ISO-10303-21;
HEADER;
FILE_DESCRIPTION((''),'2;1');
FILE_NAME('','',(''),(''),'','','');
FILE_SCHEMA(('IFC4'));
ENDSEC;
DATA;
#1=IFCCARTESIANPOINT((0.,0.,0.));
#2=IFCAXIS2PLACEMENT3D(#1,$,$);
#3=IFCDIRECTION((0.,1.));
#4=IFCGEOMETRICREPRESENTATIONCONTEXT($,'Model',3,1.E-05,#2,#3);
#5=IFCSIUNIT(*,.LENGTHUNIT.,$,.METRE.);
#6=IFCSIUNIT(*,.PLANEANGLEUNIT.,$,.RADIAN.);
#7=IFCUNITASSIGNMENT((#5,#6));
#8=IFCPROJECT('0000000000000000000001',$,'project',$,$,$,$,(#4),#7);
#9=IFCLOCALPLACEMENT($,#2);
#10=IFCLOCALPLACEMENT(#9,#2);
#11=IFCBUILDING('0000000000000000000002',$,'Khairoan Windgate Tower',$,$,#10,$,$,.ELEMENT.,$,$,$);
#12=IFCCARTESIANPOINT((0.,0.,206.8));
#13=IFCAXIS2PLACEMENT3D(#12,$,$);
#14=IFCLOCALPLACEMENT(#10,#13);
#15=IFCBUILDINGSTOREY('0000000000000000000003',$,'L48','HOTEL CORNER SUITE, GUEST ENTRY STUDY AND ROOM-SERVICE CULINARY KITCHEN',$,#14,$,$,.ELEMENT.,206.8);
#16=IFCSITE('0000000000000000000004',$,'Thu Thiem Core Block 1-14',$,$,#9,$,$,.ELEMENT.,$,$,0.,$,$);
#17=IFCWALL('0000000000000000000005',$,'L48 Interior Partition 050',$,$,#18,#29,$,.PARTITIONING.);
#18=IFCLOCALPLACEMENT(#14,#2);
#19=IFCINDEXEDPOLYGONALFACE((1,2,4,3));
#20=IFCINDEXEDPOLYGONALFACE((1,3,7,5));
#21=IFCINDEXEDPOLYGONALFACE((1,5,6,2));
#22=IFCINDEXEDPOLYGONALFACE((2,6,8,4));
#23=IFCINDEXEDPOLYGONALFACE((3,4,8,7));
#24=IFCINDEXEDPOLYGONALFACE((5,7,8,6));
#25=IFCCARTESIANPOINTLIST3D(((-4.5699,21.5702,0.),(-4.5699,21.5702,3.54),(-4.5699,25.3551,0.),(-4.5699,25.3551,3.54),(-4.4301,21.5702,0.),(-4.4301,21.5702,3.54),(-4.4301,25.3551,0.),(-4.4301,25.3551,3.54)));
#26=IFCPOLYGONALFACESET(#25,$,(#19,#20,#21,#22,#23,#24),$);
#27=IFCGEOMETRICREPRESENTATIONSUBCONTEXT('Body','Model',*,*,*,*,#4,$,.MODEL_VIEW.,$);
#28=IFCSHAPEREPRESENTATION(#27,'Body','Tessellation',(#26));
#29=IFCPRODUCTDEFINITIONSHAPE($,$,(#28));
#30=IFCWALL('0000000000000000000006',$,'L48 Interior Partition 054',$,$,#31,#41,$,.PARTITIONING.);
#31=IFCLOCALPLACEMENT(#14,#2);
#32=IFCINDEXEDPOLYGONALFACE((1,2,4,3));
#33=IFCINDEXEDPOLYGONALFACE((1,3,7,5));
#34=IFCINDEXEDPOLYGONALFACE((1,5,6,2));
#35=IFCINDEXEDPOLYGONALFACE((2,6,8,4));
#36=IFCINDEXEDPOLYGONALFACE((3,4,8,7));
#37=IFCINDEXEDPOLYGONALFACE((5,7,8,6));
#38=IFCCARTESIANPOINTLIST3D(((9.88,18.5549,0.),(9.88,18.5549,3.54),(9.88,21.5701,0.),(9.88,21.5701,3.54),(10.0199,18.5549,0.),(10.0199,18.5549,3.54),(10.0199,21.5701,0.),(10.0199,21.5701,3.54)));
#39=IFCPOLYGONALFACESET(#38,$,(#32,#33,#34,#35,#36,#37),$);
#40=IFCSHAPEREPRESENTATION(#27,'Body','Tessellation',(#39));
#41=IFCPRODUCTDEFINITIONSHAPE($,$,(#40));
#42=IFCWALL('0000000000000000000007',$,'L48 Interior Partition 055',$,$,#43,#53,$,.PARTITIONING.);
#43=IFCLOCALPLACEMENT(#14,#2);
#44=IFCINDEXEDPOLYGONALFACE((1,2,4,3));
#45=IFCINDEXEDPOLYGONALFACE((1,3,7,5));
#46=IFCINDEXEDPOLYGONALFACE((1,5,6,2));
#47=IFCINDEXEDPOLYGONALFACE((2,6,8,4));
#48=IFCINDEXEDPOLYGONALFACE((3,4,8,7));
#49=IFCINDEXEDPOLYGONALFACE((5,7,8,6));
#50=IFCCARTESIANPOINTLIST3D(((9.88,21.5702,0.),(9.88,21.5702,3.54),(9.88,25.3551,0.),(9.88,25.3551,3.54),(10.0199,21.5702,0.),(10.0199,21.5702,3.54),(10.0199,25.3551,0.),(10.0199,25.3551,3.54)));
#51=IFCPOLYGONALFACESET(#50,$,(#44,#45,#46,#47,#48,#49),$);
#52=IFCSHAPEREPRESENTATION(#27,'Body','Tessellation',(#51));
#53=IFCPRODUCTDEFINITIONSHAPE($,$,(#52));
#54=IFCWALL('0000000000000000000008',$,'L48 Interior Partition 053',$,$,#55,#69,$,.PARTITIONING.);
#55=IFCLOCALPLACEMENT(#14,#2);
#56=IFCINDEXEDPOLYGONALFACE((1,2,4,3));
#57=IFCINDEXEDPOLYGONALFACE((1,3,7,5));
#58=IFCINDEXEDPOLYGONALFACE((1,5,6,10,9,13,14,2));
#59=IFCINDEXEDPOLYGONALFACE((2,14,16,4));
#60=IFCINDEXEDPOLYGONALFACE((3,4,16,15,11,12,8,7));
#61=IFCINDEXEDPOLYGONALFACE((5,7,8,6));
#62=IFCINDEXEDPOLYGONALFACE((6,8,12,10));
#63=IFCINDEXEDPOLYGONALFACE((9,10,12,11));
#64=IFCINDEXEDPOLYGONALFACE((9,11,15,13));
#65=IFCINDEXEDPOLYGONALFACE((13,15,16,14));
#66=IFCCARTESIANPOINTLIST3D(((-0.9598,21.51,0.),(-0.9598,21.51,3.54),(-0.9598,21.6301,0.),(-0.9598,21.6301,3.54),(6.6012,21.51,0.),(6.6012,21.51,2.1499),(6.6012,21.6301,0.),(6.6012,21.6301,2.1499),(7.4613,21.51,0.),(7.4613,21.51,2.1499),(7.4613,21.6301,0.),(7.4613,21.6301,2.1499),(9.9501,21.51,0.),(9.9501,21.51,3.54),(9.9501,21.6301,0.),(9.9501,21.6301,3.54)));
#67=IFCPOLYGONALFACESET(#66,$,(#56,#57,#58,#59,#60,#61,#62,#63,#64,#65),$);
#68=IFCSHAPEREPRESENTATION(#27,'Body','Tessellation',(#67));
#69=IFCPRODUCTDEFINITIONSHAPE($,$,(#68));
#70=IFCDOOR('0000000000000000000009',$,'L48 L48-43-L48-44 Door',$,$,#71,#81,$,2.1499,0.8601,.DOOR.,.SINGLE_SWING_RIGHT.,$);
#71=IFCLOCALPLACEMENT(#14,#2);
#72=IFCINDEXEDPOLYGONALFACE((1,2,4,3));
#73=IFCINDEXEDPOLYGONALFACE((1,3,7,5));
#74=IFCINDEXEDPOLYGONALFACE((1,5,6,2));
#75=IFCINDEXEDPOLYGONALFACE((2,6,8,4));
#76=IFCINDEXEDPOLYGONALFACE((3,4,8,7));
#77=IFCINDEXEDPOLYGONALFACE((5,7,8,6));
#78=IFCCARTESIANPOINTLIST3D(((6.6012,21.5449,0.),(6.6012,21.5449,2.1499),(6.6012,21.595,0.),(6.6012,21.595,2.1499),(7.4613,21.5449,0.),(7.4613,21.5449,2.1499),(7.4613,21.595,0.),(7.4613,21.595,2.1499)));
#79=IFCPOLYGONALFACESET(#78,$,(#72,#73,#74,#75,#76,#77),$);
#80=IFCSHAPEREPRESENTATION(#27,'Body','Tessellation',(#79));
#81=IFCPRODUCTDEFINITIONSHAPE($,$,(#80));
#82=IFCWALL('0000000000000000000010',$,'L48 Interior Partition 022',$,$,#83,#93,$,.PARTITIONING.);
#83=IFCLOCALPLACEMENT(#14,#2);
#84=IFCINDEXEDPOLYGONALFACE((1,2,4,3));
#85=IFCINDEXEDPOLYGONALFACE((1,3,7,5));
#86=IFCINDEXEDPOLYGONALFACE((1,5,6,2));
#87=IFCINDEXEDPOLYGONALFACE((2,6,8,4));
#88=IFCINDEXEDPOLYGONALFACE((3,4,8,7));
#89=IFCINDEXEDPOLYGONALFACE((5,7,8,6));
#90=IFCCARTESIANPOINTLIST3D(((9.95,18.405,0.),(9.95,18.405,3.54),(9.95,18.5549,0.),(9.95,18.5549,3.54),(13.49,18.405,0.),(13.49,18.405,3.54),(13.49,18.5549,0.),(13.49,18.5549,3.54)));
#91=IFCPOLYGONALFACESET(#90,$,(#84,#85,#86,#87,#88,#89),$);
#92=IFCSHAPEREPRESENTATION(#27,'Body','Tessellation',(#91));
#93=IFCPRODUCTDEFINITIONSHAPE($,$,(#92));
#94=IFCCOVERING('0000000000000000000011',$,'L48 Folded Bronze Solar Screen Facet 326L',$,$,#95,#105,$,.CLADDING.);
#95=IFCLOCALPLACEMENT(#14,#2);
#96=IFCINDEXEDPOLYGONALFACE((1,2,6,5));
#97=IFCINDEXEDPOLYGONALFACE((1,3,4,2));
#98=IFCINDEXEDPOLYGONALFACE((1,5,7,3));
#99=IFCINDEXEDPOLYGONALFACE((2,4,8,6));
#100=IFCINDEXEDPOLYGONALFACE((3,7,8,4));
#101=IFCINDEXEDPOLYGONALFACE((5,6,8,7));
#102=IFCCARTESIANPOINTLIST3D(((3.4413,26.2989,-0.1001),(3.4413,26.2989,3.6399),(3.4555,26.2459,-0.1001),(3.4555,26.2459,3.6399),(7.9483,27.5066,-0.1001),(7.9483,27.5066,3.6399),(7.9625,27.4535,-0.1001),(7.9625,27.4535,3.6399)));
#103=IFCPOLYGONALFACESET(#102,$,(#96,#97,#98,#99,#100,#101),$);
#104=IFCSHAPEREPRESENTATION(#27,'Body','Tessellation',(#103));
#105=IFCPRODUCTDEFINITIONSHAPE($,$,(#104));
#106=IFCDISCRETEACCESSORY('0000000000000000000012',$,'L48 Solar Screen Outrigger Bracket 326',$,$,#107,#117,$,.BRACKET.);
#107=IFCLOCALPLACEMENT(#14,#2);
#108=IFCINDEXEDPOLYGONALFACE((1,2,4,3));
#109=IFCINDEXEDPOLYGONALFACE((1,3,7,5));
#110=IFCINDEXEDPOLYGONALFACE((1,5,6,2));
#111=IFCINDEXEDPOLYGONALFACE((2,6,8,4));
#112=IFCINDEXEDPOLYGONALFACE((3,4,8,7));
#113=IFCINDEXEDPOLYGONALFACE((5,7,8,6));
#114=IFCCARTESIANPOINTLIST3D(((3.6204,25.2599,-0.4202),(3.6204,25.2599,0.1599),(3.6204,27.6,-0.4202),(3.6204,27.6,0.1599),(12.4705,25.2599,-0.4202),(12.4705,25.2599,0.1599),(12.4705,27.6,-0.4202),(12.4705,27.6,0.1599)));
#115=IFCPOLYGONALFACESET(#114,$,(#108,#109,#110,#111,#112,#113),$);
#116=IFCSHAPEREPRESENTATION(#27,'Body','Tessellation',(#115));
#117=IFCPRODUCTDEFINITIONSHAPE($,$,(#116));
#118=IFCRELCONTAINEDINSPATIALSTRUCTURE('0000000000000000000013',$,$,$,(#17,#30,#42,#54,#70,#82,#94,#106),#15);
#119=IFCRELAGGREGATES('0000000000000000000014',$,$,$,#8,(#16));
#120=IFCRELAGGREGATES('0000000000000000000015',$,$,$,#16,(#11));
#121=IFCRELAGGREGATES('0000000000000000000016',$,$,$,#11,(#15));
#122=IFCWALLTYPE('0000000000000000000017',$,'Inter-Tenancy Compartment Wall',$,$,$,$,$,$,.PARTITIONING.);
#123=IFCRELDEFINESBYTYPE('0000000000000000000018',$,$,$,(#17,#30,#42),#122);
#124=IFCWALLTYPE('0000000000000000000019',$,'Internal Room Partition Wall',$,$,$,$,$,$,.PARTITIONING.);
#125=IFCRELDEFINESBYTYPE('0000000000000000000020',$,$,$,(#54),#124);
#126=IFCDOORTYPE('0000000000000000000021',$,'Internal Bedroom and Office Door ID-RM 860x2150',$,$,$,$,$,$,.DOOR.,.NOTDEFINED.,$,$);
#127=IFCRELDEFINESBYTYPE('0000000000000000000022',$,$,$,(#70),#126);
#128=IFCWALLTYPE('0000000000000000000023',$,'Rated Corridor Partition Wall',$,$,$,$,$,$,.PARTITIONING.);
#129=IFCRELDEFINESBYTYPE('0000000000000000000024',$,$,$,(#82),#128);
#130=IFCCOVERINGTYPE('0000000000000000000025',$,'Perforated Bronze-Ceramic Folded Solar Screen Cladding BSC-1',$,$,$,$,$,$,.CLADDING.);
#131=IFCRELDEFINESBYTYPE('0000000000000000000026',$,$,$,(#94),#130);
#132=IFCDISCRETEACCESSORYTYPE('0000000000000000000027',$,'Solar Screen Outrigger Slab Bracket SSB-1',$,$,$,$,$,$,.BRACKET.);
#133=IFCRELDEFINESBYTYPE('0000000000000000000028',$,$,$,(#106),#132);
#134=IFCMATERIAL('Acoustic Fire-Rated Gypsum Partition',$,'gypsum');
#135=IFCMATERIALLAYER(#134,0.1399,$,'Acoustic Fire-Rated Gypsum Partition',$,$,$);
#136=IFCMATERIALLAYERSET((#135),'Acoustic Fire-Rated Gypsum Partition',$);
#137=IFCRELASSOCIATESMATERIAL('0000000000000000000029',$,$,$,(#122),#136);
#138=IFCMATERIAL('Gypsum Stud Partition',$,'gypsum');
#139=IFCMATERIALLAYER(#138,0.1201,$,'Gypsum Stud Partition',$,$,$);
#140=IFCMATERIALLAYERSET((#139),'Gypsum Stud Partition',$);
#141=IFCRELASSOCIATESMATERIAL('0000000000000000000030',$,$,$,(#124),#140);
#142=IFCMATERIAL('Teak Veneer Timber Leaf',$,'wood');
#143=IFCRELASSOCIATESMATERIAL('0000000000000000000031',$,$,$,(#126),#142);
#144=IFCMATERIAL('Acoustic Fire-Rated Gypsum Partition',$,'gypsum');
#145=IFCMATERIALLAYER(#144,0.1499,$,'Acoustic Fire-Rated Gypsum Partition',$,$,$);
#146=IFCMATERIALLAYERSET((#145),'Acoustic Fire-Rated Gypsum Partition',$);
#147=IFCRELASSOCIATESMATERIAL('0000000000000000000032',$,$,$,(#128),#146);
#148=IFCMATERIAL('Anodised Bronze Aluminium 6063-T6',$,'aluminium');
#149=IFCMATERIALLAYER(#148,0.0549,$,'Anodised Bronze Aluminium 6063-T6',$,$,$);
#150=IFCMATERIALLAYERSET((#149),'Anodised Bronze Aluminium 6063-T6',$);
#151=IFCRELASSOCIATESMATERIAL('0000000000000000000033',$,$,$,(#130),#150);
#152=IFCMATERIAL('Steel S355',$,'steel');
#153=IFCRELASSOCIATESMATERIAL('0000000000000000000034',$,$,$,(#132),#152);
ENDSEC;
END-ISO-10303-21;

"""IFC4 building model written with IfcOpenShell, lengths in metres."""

from ifc_helpers import new_model, si_unit, direction, frame, frame_2d, origin, origin_2d, place, context, subcontext, project, spatial, rectangle, extrude, material, layer, layer_set, type_object, element, fill, save


model = new_model("IFC4")

# Units and contexts
model_context = context("Model", 3, precision=1e-05, world=origin(), true_north=direction((0.0, 1.0)))
body_context = subcontext(model_context, "Body", "Model", "MODEL_VIEW")
ifc_project = project(units=[si_unit("LENGTHUNIT", "METRE"), si_unit("PLANEANGLEUNIT", "RADIAN")], contexts=[model_context])

# Site, building, storey
site_placement = place(None, origin())
site = spatial("IfcSite", under=ifc_project, at=site_placement, Name="Thu Thiem Core Block 1-14", CompositionType="ELEMENT", RefElevation=0.0)
building_placement = place(site_placement, origin())
building = spatial("IfcBuilding", under=site, at=building_placement, Name="Khairoan Windgate Tower", CompositionType="ELEMENT")
storey_placement = place(building_placement, frame((0.0, 0.0, 206.8)))
storey = spatial("IfcBuildingStorey", under=building, at=storey_placement, Name="L48", Description="HOTEL CORNER SUITE, GUEST ENTRY STUDY AND ROOM-SERVICE CULINARY KITCHEN", CompositionType="ELEMENT", Elevation=206.8)

# Walls
ifc_material_1 = material(Name="Acoustic Fire-Rated Gypsum Partition", Category="gypsum")
ifc_layer_1 = layer(ifc_material_1, 0.1399, Name="Acoustic Fire-Rated Gypsum Partition")
ifc_layer_set_1 = layer_set([ifc_layer_1], Name="Acoustic Fire-Rated Gypsum Partition")
wall_type_1 = type_object("IfcWallType", Name="Inter-Tenancy Compartment Wall", PredefinedType="PARTITIONING", material=ifc_layer_set_1)
wall_1_placement = place(storey_placement, frame((-4.5, 21.5701, 0.0), z_axis=(0.0, 0.0, 1.0), x_axis=(0.0, 1.0, 0.0)))
element("IfcWall", 1, at=wall_1_placement, inside=storey, type_object=wall_type_1, Name="L48 Interior Partition 050", PredefinedType="PARTITIONING", context=body_context, shape_type="SweptSolid", body=[
    extrude(rectangle(XDim=3.7849, YDim=0.1399, at=frame_2d((1.8926, 0.0))), origin(), (0.0, 0.0, 1.0), 3.54),
])
wall_2_placement = place(storey_placement, frame((9.95, 18.5549, 0.0), z_axis=(0.0, 0.0, 1.0), x_axis=(0.0, 1.0, 0.0)))
element("IfcWall", 2, at=wall_2_placement, inside=storey, type_object=wall_type_1, Name="L48 Interior Partition 054", PredefinedType="PARTITIONING", context=body_context, shape_type="SweptSolid", body=[
    extrude(rectangle(XDim=3.0151, YDim=0.1399, at=frame_2d((1.5076, 0.0))), origin(), (0.0, 0.0, 1.0), 3.54),
])
wall_3_placement = place(storey_placement, frame((9.95, 21.5701, 0.0), z_axis=(0.0, 0.0, 1.0), x_axis=(0.0, 1.0, 0.0)))
element("IfcWall", 3, at=wall_3_placement, inside=storey, type_object=wall_type_1, Name="L48 Interior Partition 055", PredefinedType="PARTITIONING", context=body_context, shape_type="SweptSolid", body=[
    extrude(rectangle(XDim=3.7849, YDim=0.1399, at=frame_2d((1.8926, 0.0))), origin(), (0.0, 0.0, 1.0), 3.54),
])

# Wall, opening, door
ifc_material_2 = material(Name="Gypsum Stud Partition", Category="gypsum")
ifc_layer_2 = layer(ifc_material_2, 0.1201, Name="Gypsum Stud Partition")
ifc_layer_set_2 = layer_set([ifc_layer_2], Name="Gypsum Stud Partition")
wall_type_2 = type_object("IfcWallType", Name="Internal Room Partition Wall", PredefinedType="PARTITIONING", material=ifc_layer_set_2)
wall_4_placement = place(storey_placement, frame((-0.96, 21.5701, 0.0), z_axis=(0.0, 0.0, 1.0), x_axis=(1.0, 0.0, 0.0)))
wall_4 = element("IfcWall", 4, at=wall_4_placement, inside=storey, type_object=wall_type_2, Name="L48 Interior Partition 053", PredefinedType="PARTITIONING", context=body_context, shape_type="SweptSolid", body=[
    extrude(rectangle(XDim=10.9099, YDim=0.1201, at=frame_2d((5.4551, 0.0))), origin(), (0.0, 0.0, 1.0), 3.54),
])
opening_1_placement = place(wall_4_placement, frame((7.561, 0.0, 0.0)))
opening_1 = element("IfcOpeningElement", 5, at=opening_1_placement, cuts=wall_4, PredefinedType="OPENING", context=body_context, shape_type="SweptSolid", body=[
    extrude(rectangle(XDim=0.8601, YDim=2.1499, at=frame_2d((0.4302, 1.075))), frame((0.0, 0.0701, 0.0), z_axis=(0.0, -1.0, 0.0), x_axis=(1.0, 0.0, 0.0)), (0.0, 0.0, 1.0), 0.1401),
])
ifc_material_3 = material(Name="Teak Veneer Timber Leaf", Category="wood")
door_type_1 = type_object("IfcDoorType", Name="Internal Bedroom and Office Door ID-RM 860x2150", OperationType="NOTDEFINED", PredefinedType="DOOR", material=ifc_material_3)
door_1_placement = place(opening_1_placement, origin())
door_1 = element("IfcDoor", 6, at=door_1_placement, inside=storey, type_object=door_type_1, Name="L48 L48-43-L48-44 Door", OperationType="SINGLE_SWING_RIGHT", OverallHeight=2.1499, OverallWidth=0.8601, PredefinedType="DOOR", context=body_context, shape_type="SweptSolid", body=[
    extrude(rectangle(XDim=0.8601, YDim=2.1499, at=frame_2d((0.4302, 1.075))), frame((0.0, 0.0249, 0.0), z_axis=(0.0, -1.0, 0.0), x_axis=(1.0, 0.0, 0.0)), (0.0, 0.0, 1.0), 0.05),
])
fill(opening_1, door_1)

# Wall
ifc_material_4 = material(Name="Acoustic Fire-Rated Gypsum Partition", Category="gypsum")
ifc_layer_3 = layer(ifc_material_4, 0.1499, Name="Acoustic Fire-Rated Gypsum Partition")
ifc_layer_set_3 = layer_set([ifc_layer_3], Name="Acoustic Fire-Rated Gypsum Partition")
wall_type_3 = type_object("IfcWallType", Name="Rated Corridor Partition Wall", PredefinedType="PARTITIONING", material=ifc_layer_set_3)
wall_5_placement = place(storey_placement, frame((9.95, 18.48, 0.0), z_axis=(0.0, 0.0, 1.0), x_axis=(1.0, 0.0, 0.0)))
element("IfcWall", 7, at=wall_5_placement, inside=storey, type_object=wall_type_3, Name="L48 Interior Partition 022", PredefinedType="PARTITIONING", context=body_context, shape_type="SweptSolid", body=[
    extrude(rectangle(XDim=3.54, YDim=0.1499, at=frame_2d((1.77, 0.0))), origin(), (0.0, 0.0, 1.0), 3.54),
])

# Covering
ifc_material_5 = material(Name="Anodised Bronze Aluminium 6063-T6", Category="aluminium")
ifc_layer_4 = layer(ifc_material_5, 0.0549, Name="Anodised Bronze Aluminium 6063-T6")
ifc_layer_set_4 = layer_set([ifc_layer_4], Name="Anodised Bronze Aluminium 6063-T6")
covering_type = type_object("IfcCoveringType", Name="Perforated Bronze-Ceramic Folded Solar Screen Cladding BSC-1", PredefinedType="CLADDING", material=ifc_layer_set_4)
covering_placement = place(storey_placement, frame((5.7019, 26.8762, -0.1001), z_axis=(0.0, 0.0, 1.0), x_axis=(0.965926, 0.258819, 0.0)))
element("IfcCovering", 8, at=covering_placement, inside=storey, type_object=covering_type, Name="L48 Folded Bronze Solar Screen Facet 326L", PredefinedType="CLADDING", context=body_context, shape_type="SweptSolid", body=[
    extrude(rectangle(XDim=4.666, YDim=0.0549, at=origin_2d()), origin(), (0.0, 0.0, 1.0), 3.74),
])

# Discrete accessory
ifc_material_6 = material(Name="Steel S355", Category="steel")
discrete_accessory_type = type_object("IfcDiscreteAccessoryType", Name="Solar Screen Outrigger Slab Bracket SSB-1", PredefinedType="BRACKET", material=ifc_material_6)
discrete_accessory_placement = place(storey_placement, frame((8.0454, 26.4299, -0.4202), z_axis=(0.0, 0.0, 1.0), x_axis=(1.0, 0.0, 0.0)))
element("IfcDiscreteAccessory", 9, at=discrete_accessory_placement, inside=storey, type_object=discrete_accessory_type, Name="L48 Solar Screen Outrigger Bracket 326", PredefinedType="BRACKET", context=body_context, shape_type="SweptSolid", body=[
    extrude(rectangle(XDim=8.8501, YDim=2.3401, at=origin_2d()), origin(), (0.0, 0.0, 1.0), 0.5801),
])

save(model, "model.ifc")
